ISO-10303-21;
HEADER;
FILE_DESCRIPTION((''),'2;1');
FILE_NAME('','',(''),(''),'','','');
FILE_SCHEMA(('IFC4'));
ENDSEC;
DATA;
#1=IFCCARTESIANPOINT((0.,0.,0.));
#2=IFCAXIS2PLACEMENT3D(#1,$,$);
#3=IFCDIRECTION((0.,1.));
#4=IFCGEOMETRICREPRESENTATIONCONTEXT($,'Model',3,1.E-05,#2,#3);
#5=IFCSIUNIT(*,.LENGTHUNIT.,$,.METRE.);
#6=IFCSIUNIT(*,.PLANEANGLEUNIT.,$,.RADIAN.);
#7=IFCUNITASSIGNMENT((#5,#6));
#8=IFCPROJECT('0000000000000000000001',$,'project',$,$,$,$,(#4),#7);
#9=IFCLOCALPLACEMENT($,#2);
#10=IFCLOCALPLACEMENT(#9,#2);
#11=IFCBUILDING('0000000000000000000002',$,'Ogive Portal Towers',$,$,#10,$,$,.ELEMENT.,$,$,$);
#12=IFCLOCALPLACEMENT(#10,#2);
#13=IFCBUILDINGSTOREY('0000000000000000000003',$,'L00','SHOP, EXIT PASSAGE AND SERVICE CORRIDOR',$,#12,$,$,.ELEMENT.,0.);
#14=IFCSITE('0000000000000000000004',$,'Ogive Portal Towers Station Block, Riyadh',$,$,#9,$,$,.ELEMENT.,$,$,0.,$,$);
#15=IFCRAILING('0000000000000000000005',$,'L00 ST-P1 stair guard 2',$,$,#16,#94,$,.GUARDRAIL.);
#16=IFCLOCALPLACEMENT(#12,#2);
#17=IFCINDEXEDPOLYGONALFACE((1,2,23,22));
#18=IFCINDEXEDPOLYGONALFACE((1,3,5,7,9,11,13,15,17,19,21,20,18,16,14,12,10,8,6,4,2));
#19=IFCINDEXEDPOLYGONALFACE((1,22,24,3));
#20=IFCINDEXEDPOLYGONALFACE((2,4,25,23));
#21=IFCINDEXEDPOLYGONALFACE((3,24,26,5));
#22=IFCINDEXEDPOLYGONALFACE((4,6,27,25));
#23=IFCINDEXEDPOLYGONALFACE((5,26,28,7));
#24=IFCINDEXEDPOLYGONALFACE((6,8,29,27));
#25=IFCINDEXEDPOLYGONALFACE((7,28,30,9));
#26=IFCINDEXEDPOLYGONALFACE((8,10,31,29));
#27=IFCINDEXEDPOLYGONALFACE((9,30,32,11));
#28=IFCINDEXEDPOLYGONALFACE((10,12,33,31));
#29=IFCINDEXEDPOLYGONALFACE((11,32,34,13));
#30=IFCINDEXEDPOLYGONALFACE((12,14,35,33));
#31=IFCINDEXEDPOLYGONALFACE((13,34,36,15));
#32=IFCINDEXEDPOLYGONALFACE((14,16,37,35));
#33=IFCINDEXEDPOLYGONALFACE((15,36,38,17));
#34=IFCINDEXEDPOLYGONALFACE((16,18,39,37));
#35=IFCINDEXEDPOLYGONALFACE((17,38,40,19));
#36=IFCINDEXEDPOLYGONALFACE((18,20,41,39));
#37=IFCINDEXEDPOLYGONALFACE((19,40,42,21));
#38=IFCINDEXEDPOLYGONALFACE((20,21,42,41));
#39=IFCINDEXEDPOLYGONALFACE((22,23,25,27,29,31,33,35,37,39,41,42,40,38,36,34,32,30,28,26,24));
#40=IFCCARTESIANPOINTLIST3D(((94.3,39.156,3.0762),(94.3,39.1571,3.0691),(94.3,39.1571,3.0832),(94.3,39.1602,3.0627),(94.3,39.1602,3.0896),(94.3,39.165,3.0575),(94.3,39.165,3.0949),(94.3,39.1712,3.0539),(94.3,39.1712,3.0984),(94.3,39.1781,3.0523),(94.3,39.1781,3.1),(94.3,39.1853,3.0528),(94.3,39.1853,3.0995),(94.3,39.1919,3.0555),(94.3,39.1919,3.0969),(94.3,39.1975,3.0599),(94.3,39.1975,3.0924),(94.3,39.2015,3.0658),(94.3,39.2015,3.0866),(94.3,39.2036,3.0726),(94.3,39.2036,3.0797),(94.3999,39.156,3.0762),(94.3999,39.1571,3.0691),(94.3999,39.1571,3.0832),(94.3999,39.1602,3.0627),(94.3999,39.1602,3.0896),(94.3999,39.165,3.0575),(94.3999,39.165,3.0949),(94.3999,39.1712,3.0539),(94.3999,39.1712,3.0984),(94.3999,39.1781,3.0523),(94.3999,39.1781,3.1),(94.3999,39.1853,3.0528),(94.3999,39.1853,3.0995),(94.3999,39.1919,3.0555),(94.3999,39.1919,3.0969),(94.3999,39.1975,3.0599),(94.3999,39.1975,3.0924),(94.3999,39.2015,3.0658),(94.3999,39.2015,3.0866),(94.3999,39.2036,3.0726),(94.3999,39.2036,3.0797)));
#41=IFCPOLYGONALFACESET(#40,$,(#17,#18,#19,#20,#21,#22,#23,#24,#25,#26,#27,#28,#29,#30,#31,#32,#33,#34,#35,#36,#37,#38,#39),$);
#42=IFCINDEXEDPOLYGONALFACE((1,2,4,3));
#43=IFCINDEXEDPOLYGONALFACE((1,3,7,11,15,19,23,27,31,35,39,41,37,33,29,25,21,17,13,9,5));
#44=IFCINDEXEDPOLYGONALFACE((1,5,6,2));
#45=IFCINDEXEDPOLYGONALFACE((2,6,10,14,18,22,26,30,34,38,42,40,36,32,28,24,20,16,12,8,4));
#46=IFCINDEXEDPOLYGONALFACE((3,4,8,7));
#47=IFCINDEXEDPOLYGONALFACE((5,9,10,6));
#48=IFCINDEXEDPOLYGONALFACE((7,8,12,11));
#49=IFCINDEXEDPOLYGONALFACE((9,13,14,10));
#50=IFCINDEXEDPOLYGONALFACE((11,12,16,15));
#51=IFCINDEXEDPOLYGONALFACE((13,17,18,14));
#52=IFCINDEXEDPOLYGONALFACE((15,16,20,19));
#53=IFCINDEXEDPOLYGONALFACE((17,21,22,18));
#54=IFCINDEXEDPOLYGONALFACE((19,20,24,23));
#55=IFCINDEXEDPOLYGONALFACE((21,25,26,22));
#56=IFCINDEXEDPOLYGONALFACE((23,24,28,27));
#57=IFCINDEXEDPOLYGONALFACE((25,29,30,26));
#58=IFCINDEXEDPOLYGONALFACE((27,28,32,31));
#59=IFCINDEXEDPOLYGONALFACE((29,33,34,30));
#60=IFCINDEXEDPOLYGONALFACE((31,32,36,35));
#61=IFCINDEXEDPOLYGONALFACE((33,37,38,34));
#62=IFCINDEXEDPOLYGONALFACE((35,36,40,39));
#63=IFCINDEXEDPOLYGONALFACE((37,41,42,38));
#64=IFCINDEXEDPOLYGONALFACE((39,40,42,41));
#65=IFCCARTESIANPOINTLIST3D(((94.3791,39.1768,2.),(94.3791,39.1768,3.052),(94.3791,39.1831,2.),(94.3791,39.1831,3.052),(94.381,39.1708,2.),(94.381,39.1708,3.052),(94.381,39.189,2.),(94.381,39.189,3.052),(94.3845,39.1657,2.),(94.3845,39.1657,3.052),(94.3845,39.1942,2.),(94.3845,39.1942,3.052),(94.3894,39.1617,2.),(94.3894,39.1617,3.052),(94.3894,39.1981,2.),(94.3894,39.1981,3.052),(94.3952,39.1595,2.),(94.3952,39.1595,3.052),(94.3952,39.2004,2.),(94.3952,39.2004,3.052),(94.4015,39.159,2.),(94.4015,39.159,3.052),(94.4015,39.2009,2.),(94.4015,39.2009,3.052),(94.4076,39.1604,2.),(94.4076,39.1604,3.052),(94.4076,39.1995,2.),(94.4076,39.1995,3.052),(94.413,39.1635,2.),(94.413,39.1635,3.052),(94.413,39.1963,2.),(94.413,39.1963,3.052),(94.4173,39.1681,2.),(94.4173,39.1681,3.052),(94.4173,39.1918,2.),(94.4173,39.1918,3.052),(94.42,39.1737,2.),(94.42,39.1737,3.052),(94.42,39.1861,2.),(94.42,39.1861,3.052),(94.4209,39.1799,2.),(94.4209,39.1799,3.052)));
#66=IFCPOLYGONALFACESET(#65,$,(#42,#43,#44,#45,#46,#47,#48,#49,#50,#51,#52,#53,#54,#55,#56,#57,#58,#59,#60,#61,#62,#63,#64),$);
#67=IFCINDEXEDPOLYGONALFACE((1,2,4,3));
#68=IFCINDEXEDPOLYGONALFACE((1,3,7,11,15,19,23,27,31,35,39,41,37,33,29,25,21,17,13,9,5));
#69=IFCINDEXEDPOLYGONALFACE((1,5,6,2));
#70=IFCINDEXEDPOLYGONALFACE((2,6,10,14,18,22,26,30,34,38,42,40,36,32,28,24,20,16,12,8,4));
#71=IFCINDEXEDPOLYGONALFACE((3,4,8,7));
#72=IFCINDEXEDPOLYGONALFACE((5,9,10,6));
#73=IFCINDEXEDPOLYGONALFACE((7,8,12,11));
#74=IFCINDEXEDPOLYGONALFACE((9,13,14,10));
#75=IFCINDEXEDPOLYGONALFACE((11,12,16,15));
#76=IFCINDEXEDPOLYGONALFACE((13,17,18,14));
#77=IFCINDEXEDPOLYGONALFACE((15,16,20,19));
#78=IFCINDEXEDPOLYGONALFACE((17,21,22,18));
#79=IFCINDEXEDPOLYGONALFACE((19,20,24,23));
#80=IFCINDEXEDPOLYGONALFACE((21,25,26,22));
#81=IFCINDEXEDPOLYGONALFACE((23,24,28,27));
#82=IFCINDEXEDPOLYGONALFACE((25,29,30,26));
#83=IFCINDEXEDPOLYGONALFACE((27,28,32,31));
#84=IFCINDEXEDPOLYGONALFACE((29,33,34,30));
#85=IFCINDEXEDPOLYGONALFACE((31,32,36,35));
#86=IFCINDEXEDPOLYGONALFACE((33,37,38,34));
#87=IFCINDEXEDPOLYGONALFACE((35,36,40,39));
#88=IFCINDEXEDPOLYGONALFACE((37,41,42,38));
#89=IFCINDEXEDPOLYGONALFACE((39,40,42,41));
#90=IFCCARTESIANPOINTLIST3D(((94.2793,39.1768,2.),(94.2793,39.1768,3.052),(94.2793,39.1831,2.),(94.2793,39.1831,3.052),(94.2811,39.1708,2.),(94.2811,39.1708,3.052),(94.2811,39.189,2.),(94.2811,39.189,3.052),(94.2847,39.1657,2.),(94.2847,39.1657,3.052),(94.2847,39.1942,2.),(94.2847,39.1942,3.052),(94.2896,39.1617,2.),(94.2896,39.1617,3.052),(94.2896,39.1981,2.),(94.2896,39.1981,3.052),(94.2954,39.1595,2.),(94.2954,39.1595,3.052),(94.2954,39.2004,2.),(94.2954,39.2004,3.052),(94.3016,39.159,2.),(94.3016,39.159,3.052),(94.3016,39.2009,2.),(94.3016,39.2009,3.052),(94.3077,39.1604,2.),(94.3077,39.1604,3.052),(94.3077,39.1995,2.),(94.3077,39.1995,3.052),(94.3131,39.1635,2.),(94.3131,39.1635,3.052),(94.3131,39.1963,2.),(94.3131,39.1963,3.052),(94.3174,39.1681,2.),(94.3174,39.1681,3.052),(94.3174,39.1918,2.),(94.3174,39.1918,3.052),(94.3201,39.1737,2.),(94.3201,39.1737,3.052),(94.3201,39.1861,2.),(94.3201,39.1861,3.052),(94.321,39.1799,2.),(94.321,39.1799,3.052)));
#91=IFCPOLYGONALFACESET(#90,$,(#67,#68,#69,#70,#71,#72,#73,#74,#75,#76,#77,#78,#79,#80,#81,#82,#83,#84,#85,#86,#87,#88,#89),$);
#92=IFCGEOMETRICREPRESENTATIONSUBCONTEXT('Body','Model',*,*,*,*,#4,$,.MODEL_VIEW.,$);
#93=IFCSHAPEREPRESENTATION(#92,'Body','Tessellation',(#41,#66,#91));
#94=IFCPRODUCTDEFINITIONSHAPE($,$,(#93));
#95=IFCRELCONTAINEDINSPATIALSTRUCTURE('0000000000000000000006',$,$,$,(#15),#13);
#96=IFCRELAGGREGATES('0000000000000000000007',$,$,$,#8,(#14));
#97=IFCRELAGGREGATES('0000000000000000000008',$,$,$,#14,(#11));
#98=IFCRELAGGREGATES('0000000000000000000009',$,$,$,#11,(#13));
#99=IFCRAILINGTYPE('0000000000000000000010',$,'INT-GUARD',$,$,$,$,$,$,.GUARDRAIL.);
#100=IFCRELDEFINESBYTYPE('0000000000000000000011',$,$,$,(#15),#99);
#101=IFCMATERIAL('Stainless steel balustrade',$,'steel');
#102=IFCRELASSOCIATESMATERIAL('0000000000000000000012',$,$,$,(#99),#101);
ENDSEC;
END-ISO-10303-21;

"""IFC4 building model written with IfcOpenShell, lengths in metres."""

from ifc_helpers import new_model, si_unit, direction, frame, origin, origin_2d, place, context, subcontext, project, spatial, circle, extrude, material, type_object, element, save


model = new_model("IFC4")

# Units and contexts
model_context = context("Model", 3, precision=1e-05, world=origin(), true_north=direction((0.0, 1.0)))
body_context = subcontext(model_context, "Body", "Model", "MODEL_VIEW")
ifc_project = project(units=[si_unit("LENGTHUNIT", "METRE"), si_unit("PLANEANGLEUNIT", "RADIAN")], contexts=[model_context])

# Site, building, storey
site_placement = place(None, origin())
site = spatial("IfcSite", under=ifc_project, at=site_placement, Name="Ogive Portal Towers Station Block, Riyadh", CompositionType="ELEMENT", RefElevation=0.0)
building_placement = place(site_placement, origin())
building = spatial("IfcBuilding", under=site, at=building_placement, Name="Ogive Portal Towers", CompositionType="ELEMENT")
storey_placement = place(building_placement, origin())
storey = spatial("IfcBuildingStorey", under=building, at=storey_placement, Name="L00", Description="SHOP, EXIT PASSAGE AND SERVICE CORRIDOR", CompositionType="ELEMENT", Elevation=0.0)

# Railing
ifc_material_1 = material(Name="Stainless steel balustrade", Category="steel")
railing_type_1 = type_object("IfcRailingType", Name="INT-GUARD", PredefinedType="GUARDRAIL", material=ifc_material_1)
railing_1_placement = place(storey_placement, frame((94.3999, 39.1799, 2.0)))
element("IfcRailing", 1, at=railing_1_placement, inside=storey, type_object=railing_type_1, Name="L00 ST-P1 stair guard 2", PredefinedType="GUARDRAIL", context=body_context, shape_type="SweptSolid", body=[
    extrude(circle(Radius=0.0239, at=origin_2d()), frame((0.0, 0.0, 1.0762), z_axis=(-1.0, 0.0, 0.0), x_axis=(0.0, -1.0, 0.0)), (0.0, 0.0, 1.0), 0.0999),
    extrude(circle(Radius=0.021, at=origin_2d()), origin(), (0.0, 0.0, 1.0), 1.052),
    extrude(circle(Radius=0.021, at=origin_2d()), frame((-0.0999, 0.0, 0.0)), (0.0, 0.0, 1.0), 1.052),
])

save(model, "model.ifc")
